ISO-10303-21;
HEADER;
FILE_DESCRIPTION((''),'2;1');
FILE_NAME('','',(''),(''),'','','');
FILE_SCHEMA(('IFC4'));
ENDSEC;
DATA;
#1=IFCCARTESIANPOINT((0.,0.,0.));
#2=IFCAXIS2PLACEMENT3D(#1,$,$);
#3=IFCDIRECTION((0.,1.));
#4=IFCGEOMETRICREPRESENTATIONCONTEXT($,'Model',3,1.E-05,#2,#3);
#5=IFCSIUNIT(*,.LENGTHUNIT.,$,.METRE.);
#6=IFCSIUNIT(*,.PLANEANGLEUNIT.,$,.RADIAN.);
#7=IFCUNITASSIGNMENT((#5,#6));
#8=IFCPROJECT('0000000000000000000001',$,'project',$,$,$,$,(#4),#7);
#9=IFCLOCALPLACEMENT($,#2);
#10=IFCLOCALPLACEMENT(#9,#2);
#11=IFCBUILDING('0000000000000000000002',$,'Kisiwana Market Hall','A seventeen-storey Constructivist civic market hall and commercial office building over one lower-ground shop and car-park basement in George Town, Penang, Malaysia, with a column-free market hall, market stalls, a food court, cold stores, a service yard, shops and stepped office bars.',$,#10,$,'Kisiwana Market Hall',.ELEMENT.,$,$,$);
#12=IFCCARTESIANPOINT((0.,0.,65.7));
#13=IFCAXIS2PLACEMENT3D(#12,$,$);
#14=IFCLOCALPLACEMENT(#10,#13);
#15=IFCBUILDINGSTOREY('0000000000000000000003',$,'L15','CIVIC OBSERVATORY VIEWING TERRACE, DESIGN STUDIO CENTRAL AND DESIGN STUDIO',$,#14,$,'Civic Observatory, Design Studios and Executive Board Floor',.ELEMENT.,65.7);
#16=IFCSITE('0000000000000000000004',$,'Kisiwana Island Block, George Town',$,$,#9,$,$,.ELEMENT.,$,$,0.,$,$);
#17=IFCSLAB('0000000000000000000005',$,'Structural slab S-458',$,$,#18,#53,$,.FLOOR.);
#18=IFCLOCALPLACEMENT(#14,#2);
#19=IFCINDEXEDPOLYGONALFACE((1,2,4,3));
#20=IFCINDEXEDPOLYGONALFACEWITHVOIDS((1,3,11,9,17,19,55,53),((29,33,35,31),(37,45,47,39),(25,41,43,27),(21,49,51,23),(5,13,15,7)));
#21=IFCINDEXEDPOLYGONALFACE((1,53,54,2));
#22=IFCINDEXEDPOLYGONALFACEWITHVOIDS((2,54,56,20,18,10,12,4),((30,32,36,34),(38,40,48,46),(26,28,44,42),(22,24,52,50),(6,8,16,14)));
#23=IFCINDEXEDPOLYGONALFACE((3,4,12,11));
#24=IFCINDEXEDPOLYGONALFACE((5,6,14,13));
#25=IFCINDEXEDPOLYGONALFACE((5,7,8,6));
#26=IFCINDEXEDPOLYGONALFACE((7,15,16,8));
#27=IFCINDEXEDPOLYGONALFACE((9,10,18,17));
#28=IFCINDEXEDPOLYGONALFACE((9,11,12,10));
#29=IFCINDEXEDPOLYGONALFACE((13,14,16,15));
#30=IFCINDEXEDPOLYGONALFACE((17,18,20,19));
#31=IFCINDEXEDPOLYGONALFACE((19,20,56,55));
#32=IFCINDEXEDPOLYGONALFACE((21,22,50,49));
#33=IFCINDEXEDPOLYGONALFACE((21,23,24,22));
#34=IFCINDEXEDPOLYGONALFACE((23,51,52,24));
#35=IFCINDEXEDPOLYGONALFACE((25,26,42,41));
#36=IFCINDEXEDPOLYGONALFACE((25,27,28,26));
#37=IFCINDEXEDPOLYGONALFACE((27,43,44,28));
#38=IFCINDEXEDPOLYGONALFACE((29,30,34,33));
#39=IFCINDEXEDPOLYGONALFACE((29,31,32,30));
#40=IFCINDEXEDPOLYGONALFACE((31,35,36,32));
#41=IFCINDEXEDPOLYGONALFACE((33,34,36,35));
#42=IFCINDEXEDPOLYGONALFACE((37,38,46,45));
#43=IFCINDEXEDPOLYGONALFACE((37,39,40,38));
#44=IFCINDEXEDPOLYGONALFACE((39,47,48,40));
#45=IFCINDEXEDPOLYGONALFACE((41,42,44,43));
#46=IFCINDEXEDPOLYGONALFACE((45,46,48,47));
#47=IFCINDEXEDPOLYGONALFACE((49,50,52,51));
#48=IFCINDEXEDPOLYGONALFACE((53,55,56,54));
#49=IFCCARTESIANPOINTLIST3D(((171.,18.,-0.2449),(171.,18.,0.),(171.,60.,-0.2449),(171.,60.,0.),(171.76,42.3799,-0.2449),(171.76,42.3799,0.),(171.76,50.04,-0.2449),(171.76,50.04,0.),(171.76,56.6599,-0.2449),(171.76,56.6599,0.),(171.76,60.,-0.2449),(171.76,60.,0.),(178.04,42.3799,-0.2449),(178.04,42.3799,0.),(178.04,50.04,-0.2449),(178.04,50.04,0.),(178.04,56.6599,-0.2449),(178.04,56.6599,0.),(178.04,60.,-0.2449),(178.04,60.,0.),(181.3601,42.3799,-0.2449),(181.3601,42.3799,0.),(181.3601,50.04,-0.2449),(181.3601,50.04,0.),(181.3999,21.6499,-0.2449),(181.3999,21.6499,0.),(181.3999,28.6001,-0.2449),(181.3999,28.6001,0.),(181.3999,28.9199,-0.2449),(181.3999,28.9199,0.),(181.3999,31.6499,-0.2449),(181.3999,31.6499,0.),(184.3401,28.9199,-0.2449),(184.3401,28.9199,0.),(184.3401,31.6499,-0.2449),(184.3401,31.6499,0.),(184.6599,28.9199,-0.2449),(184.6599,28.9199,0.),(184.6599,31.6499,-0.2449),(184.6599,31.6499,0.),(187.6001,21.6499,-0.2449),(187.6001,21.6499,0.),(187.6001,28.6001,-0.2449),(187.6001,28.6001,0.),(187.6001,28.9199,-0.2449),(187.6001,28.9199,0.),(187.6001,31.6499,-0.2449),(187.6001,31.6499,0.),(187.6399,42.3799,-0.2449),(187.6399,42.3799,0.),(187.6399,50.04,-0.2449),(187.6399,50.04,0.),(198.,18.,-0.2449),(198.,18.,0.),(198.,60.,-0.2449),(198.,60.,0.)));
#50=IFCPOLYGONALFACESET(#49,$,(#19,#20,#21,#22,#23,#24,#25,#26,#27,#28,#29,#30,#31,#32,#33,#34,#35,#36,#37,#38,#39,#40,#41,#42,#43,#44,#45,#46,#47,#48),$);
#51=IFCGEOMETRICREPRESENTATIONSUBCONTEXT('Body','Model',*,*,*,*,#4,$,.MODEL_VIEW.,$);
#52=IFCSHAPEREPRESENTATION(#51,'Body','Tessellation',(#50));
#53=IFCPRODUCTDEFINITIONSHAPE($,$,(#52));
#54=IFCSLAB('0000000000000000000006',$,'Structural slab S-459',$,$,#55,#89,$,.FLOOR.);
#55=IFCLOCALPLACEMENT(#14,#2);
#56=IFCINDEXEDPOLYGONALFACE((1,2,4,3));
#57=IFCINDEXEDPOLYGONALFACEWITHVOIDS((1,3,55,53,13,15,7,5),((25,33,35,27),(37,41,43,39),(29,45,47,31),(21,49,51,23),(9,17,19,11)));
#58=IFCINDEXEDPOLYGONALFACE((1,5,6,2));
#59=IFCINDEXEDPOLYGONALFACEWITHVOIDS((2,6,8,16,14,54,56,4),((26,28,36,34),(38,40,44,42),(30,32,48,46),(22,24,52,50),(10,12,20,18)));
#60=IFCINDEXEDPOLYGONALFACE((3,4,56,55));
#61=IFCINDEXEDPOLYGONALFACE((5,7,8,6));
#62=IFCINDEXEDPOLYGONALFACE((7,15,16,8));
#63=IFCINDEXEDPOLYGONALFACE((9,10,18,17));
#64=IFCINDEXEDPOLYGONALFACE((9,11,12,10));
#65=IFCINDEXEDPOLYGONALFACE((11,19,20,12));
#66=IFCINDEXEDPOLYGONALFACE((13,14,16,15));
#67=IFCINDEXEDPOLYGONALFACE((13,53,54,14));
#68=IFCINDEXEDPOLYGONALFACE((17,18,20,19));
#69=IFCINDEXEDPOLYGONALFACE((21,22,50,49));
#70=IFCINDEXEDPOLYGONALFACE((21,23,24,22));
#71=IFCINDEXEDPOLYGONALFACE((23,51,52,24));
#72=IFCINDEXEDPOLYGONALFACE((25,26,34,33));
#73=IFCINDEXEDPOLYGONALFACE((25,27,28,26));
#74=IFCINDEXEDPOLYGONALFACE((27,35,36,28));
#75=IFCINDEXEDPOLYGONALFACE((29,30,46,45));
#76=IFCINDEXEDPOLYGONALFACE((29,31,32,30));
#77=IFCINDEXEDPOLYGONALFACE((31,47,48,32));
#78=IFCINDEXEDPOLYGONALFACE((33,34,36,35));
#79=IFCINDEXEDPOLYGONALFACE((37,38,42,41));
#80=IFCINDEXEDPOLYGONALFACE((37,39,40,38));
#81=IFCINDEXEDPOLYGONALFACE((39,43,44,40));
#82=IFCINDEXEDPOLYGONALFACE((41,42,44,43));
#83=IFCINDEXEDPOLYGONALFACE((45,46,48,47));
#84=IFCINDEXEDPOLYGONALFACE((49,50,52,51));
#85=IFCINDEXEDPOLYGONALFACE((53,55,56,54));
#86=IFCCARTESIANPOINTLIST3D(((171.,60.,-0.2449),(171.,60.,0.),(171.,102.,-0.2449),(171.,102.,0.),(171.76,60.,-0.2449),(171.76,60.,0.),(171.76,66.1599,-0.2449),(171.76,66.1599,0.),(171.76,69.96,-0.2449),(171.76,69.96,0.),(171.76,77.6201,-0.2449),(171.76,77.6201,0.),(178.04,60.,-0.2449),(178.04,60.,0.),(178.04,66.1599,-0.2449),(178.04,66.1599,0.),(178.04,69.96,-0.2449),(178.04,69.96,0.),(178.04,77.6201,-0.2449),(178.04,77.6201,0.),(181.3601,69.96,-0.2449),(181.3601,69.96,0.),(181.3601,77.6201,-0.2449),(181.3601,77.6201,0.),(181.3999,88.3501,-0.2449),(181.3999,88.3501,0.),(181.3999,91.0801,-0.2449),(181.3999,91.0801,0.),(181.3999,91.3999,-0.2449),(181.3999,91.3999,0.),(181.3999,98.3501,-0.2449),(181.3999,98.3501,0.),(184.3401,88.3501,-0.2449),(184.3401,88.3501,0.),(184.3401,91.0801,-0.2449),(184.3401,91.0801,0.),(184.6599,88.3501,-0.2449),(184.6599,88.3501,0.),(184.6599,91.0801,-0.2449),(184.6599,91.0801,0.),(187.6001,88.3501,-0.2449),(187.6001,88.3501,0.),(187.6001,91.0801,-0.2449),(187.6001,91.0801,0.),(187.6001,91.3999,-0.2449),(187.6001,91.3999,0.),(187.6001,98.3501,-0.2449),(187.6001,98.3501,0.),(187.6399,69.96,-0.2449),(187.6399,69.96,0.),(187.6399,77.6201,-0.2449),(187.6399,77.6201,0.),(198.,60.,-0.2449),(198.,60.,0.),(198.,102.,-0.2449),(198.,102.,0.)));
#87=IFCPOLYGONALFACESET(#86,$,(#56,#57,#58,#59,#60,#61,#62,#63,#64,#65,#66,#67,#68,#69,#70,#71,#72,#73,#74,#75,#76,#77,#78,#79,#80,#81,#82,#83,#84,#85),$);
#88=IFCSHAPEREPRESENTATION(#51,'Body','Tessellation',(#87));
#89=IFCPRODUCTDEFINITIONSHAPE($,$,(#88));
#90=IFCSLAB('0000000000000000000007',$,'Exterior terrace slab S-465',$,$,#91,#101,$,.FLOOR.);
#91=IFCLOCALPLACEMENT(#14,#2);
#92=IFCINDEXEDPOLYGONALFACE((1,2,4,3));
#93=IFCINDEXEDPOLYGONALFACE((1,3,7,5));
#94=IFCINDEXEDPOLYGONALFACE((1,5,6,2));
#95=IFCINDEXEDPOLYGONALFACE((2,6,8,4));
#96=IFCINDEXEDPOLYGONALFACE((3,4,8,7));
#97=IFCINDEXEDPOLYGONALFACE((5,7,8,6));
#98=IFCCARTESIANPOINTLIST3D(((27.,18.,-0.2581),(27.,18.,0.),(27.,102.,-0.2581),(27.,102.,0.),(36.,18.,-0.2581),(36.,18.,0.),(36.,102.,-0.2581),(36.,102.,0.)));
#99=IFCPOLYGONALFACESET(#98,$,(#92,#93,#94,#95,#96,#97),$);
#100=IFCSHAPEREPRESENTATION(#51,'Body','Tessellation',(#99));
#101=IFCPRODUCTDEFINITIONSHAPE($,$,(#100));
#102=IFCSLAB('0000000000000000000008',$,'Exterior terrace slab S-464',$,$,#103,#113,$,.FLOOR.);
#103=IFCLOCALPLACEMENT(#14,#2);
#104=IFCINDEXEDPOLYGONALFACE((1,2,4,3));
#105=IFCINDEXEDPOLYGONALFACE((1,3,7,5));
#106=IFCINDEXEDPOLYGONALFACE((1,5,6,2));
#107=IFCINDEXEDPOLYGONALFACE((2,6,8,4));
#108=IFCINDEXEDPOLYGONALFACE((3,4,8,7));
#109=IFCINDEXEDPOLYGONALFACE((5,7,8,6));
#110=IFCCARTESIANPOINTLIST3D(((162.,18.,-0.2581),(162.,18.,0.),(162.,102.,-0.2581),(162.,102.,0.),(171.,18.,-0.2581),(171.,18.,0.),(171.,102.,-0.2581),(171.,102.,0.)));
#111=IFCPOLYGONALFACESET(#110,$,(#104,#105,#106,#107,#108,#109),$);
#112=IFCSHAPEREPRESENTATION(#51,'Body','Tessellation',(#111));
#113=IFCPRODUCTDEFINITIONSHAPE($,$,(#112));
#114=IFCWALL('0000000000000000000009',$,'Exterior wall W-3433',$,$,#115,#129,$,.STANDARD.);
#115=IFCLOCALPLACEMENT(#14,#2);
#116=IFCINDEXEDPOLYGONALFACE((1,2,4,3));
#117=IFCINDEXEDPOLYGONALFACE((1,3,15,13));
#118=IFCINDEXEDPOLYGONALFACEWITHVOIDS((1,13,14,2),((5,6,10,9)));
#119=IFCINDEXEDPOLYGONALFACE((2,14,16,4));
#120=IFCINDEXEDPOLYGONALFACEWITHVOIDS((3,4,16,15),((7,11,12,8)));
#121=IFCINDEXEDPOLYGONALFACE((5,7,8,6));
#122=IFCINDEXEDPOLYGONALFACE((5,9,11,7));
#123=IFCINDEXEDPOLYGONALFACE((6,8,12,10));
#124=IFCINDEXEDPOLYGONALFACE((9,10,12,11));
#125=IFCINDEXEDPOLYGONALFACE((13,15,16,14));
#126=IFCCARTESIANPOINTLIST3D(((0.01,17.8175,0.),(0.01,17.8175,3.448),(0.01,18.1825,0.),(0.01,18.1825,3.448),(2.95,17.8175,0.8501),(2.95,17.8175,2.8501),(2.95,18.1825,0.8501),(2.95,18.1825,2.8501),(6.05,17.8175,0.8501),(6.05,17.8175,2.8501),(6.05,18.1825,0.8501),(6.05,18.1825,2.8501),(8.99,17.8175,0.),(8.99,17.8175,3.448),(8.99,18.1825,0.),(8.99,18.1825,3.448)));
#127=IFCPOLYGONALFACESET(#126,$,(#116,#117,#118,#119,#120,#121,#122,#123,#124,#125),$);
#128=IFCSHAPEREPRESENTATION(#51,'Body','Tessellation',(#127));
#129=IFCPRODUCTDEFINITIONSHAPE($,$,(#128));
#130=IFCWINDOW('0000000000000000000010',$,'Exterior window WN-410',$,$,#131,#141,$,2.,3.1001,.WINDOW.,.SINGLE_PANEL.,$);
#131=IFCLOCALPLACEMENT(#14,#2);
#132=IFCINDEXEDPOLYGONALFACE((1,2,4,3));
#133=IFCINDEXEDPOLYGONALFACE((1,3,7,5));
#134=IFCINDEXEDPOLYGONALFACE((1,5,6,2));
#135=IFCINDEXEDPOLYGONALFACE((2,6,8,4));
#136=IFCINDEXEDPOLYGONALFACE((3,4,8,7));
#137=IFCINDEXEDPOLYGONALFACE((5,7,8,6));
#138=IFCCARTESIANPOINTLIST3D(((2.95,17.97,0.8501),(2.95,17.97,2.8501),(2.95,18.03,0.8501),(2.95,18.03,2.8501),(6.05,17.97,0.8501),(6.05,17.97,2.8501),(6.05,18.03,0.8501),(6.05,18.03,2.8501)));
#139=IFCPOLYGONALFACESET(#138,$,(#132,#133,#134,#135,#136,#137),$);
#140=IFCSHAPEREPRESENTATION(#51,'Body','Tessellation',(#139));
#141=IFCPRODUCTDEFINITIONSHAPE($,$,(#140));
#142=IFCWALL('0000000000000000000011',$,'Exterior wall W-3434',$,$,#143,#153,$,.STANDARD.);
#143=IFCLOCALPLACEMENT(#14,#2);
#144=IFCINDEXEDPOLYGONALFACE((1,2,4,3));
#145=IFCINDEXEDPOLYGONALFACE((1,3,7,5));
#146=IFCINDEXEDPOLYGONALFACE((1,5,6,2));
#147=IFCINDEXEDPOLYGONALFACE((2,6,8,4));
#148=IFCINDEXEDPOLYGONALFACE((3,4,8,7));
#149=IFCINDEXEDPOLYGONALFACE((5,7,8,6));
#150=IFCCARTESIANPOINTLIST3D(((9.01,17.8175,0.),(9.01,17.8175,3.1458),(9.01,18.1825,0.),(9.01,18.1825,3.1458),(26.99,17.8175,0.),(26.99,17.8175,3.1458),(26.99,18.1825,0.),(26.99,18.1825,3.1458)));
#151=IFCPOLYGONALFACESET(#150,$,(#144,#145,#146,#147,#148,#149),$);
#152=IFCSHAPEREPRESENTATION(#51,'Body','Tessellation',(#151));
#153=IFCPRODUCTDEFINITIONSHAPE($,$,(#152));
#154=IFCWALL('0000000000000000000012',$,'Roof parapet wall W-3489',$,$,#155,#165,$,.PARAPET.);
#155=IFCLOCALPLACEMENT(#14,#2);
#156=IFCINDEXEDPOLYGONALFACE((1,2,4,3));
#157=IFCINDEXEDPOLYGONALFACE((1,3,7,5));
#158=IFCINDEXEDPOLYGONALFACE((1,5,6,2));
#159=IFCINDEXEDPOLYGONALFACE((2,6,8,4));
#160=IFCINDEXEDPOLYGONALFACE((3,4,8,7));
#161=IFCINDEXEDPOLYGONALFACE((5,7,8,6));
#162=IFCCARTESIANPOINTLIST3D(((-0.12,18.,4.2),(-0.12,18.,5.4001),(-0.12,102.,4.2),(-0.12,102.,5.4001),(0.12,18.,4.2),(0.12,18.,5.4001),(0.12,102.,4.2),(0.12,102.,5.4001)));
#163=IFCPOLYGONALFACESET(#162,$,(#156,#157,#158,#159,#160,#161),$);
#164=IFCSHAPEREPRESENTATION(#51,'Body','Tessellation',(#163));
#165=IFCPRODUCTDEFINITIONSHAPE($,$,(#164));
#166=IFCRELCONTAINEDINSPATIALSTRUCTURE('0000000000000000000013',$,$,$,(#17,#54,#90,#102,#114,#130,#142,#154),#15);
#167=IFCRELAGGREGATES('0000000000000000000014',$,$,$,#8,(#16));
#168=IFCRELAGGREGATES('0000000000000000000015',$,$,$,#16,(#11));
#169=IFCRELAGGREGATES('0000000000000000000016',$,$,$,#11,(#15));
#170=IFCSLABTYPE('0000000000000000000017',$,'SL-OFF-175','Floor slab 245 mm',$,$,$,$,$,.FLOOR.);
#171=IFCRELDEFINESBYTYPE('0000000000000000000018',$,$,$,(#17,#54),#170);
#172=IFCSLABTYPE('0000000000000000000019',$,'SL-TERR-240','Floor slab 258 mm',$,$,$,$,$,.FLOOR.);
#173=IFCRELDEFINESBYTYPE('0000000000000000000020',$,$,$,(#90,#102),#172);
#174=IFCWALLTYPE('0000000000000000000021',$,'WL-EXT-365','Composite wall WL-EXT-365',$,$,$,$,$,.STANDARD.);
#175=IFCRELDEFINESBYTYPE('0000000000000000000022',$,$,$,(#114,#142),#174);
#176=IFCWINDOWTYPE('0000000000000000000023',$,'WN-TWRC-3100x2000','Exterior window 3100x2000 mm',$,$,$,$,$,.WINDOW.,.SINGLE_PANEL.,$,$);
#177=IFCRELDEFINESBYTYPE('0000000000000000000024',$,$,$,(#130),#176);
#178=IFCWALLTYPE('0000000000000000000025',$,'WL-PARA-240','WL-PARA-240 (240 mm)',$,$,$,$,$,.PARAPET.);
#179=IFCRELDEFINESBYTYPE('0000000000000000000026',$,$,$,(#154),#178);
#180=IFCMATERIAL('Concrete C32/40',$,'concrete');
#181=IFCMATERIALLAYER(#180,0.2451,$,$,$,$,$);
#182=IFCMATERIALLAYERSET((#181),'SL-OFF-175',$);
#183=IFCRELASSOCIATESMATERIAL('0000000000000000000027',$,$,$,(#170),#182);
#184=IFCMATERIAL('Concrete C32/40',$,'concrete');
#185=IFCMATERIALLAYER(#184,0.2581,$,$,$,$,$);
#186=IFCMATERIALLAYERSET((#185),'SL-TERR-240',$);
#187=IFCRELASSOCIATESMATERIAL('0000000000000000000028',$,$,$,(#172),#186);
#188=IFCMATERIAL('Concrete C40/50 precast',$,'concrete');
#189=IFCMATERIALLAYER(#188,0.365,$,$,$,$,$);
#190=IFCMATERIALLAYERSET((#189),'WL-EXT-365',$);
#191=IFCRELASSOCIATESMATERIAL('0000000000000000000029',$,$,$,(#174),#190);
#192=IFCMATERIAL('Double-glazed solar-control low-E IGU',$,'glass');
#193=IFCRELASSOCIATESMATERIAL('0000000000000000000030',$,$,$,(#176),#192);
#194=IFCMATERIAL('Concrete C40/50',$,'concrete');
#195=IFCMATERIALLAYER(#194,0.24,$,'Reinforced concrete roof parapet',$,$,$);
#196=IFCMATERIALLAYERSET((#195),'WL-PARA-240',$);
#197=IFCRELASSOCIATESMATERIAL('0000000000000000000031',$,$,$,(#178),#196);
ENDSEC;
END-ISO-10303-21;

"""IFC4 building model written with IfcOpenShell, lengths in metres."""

from ifc_helpers import new_model, si_unit, direction, frame, frame_2d, origin, place, context, subcontext, project, spatial, polyline, rectangle, outline, extrude, material, layer, layer_set, type_object, element, fill, save


model = new_model("IFC4")

# Units and contexts
model_context = context("Model", 3, precision=1e-05, world=origin(), true_north=direction((0.0, 1.0)))
body_context = subcontext(model_context, "Body", "Model", "MODEL_VIEW")
ifc_project = project(units=[si_unit("LENGTHUNIT", "METRE"), si_unit("PLANEANGLEUNIT", "RADIAN")], contexts=[model_context])

# Site, building, storey
site_placement = place(None, origin())
site = spatial("IfcSite", under=ifc_project, at=site_placement, Name="Kisiwana Island Block, George Town", CompositionType="ELEMENT", RefElevation=0.0)
building_placement = place(site_placement, origin())
building = spatial("IfcBuilding", under=site, at=building_placement, Name="Kisiwana Market Hall", Description="A seventeen-storey Constructivist civic market hall and commercial office building over one lower-ground shop and car-park basement in George Town, Penang, Malaysia, with a column-free market hall, market stalls, a food court, cold stores, a service yard, shops and stepped office bars.", LongName="Kisiwana Market Hall", CompositionType="ELEMENT")
storey_placement = place(building_placement, frame((0.0, 0.0, 65.7)))
storey = spatial("IfcBuildingStorey", under=building, at=storey_placement, Name="L15", Description="CIVIC OBSERVATORY VIEWING TERRACE, DESIGN STUDIO CENTRAL AND DESIGN STUDIO", LongName="Civic Observatory, Design Studios and Executive Board Floor", CompositionType="ELEMENT", Elevation=65.7)

# Slabs
ifc_material_1 = material(Name="Concrete C32/40", Category="concrete")
ifc_layer_1 = layer(ifc_material_1, 0.2451)
ifc_layer_set_1 = layer_set([ifc_layer_1], Name="SL-OFF-175")
slab_type_1 = type_object("IfcSlabType", Name="SL-OFF-175", Description="Floor slab 245 mm", PredefinedType="FLOOR", material=ifc_layer_set_1)
slab_1_placement = place(storey_placement, frame((0.0, 0.0, -0.2449)))
element("IfcSlab", 1, at=slab_1_placement, inside=storey, type_object=slab_type_1, Name="Structural slab S-458", PredefinedType="FLOOR", context=body_context, shape_type="SweptSolid", body=[
    extrude(outline(polyline([(171.0, 18.0), (198.0, 18.0), (198.0, 60.0), (178.04, 60.0), (178.04, 56.6599), (171.76, 56.6599), (171.76, 60.0), (171.0, 60.0), (171.0, 18.0)]), holes=[polyline([(181.3999, 21.6499), (187.6001, 21.6499), (187.6001, 28.6001), (181.3999, 28.6001), (181.3999, 21.6499)]), polyline([(181.3999, 28.9199), (184.3401, 28.9199), (184.3401, 31.6499), (181.3999, 31.6499), (181.3999, 28.9199)]), polyline([(184.6599, 28.9199), (187.6001, 28.9199), (187.6001, 31.6499), (184.6599, 31.6499), (184.6599, 28.9199)]), polyline([(181.3601, 42.3799), (187.6399, 42.3799), (187.6399, 50.04), (181.3601, 50.04), (181.3601, 42.3799)]), polyline([(171.76, 42.3799), (178.04, 42.3799), (178.04, 50.04), (171.76, 50.04), (171.76, 42.3799)])]), origin(), (0.0, 0.0, 1.0), 0.2449),
])
slab_2_placement = place(storey_placement, frame((0.0, 0.0, -0.2449)))
element("IfcSlab", 2, at=slab_2_placement, inside=storey, type_object=slab_type_1, Name="Structural slab S-459", PredefinedType="FLOOR", context=body_context, shape_type="SweptSolid", body=[
    extrude(outline(polyline([(171.0, 60.0), (171.76, 60.0), (171.76, 66.1599), (178.04, 66.1599), (178.04, 60.0), (198.0, 60.0), (198.0, 102.0), (171.0, 102.0), (171.0, 60.0)]), holes=[polyline([(181.3999, 91.3999), (187.6001, 91.3999), (187.6001, 98.3501), (181.3999, 98.3501), (181.3999, 91.3999)]), polyline([(181.3999, 88.3501), (184.3401, 88.3501), (184.3401, 91.0801), (181.3999, 91.0801), (181.3999, 88.3501)]), polyline([(184.6599, 88.3501), (187.6001, 88.3501), (187.6001, 91.0801), (184.6599, 91.0801), (184.6599, 88.3501)]), polyline([(181.3601, 69.96), (187.6399, 69.96), (187.6399, 77.6201), (181.3601, 77.6201), (181.3601, 69.96)]), polyline([(171.76, 69.96), (178.04, 69.96), (178.04, 77.6201), (171.76, 77.6201), (171.76, 69.96)])]), origin(), (0.0, 0.0, 1.0), 0.2449),
])
ifc_material_2 = material(Name="Concrete C32/40", Category="concrete")
ifc_layer_2 = layer(ifc_material_2, 0.2581)
ifc_layer_set_2 = layer_set([ifc_layer_2], Name="SL-TERR-240")
slab_type_2 = type_object("IfcSlabType", Name="SL-TERR-240", Description="Floor slab 258 mm", PredefinedType="FLOOR", material=ifc_layer_set_2)
slab_3_placement = place(storey_placement, frame((0.0, 0.0, -0.2581)))
element("IfcSlab", 3, at=slab_3_placement, inside=storey, type_object=slab_type_2, Name="Exterior terrace slab S-465", PredefinedType="FLOOR", context=body_context, shape_type="SweptSolid", body=[
    extrude(outline(polyline([(27.0, 18.0), (36.0, 18.0), (36.0, 102.0), (27.0, 102.0), (27.0, 18.0)])), origin(), (0.0, 0.0, 1.0), 0.2581),
])
slab_4_placement = place(storey_placement, frame((0.0, 0.0, -0.2581)))
element("IfcSlab", 4, at=slab_4_placement, inside=storey, type_object=slab_type_2, Name="Exterior terrace slab S-464", PredefinedType="FLOOR", context=body_context, shape_type="SweptSolid", body=[
    extrude(outline(polyline([(162.0, 18.0), (171.0, 18.0), (171.0, 102.0), (162.0, 102.0), (162.0, 18.0)])), origin(), (0.0, 0.0, 1.0), 0.2581),
])

# Wall, opening, window
ifc_material_3 = material(Name="Concrete C40/50 precast", Category="concrete")
ifc_layer_3 = layer(ifc_material_3, 0.365)
ifc_layer_set_3 = layer_set([ifc_layer_3], Name="WL-EXT-365")
wall_type_1 = type_object("IfcWallType", Name="WL-EXT-365", Description="Composite wall WL-EXT-365", PredefinedType="STANDARD", material=ifc_layer_set_3)
wall_1_placement = place(storey_placement, frame((0.01, 18.0, 0.0), z_axis=(0.0, 0.0, 1.0), x_axis=(1.0, 0.0, 0.0)))
wall_1 = element("IfcWall", 5, at=wall_1_placement, inside=storey, type_object=wall_type_1, Name="Exterior wall W-3433", PredefinedType="STANDARD", context=body_context, shape_type="SweptSolid", body=[
    extrude(rectangle(XDim=8.98, YDim=0.365, at=frame_2d((4.49, 0.0))), origin(), (0.0, 0.0, 1.0), 3.448),
])
opening_placement = place(wall_1_placement, frame((2.9399, 0.0, 0.8501)))
opening = element("IfcOpeningElement", 6, at=opening_placement, cuts=wall_1, PredefinedType="OPENING", context=body_context, shape_type="SweptSolid", body=[
    extrude(rectangle(XDim=3.1001, YDim=2.0, at=frame_2d((1.55, 1.0))), frame((0.0, 0.1943, 0.0), z_axis=(0.0, -1.0, 0.0), x_axis=(1.0, 0.0, 0.0)), (0.0, 0.0, 1.0), 0.3889),
])
ifc_material_4 = material(Name="Double-glazed solar-control low-E IGU", Category="glass")
window_type = type_object("IfcWindowType", Name="WN-TWRC-3100x2000", Description="Exterior window 3100x2000 mm", PartitioningType="SINGLE_PANEL", PredefinedType="WINDOW", material=ifc_material_4)
window_placement = place(opening_placement, origin())
window = element("IfcWindow", 7, at=window_placement, inside=storey, type_object=window_type, Name="Exterior window WN-410", OverallHeight=2.0, OverallWidth=3.1001, PartitioningType="SINGLE_PANEL", PredefinedType="WINDOW", context=body_context, shape_type="SweptSolid", body=[
    extrude(rectangle(XDim=3.1001, YDim=2.0, at=frame_2d((1.55, 1.0))), frame((0.0, 0.03, 0.0), z_axis=(0.0, -1.0, 0.0), x_axis=(1.0, 0.0, 0.0)), (0.0, 0.0, 1.0), 0.0601),
])
fill(opening, window)

# Walls
wall_2_placement = place(storey_placement, frame((9.01, 18.0, 0.0), z_axis=(0.0, 0.0, 1.0), x_axis=(1.0, 0.0, 0.0)))
element("IfcWall", 8, at=wall_2_placement, inside=storey, type_object=wall_type_1, Name="Exterior wall W-3434", PredefinedType="STANDARD", context=body_context, shape_type="SweptSolid", body=[
    extrude(rectangle(XDim=17.98, YDim=0.365, at=frame_2d((8.99, 0.0))), origin(), (0.0, 0.0, 1.0), 3.1458),
])
ifc_material_5 = material(Name="Concrete C40/50", Category="concrete")
ifc_layer_4 = layer(ifc_material_5, 0.24, Name="Reinforced concrete roof parapet")
ifc_layer_set_4 = layer_set([ifc_layer_4], Name="WL-PARA-240")
wall_type_2 = type_object("IfcWallType", Name="WL-PARA-240", Description="WL-PARA-240 (240 mm)", PredefinedType="PARAPET", material=ifc_layer_set_4)
wall_3_placement = place(storey_placement, frame((0.0, 18.0, 4.2), z_axis=(0.0, 0.0, 1.0), x_axis=(0.0, 1.0, 0.0)))
element("IfcWall", 9, at=wall_3_placement, inside=storey, type_object=wall_type_2, Name="Roof parapet wall W-3489", PredefinedType="PARAPET", context=body_context, shape_type="SweptSolid", body=[
    extrude(rectangle(XDim=84.0, YDim=0.24, at=frame_2d((42.0, 0.0))), origin(), (0.0, 0.0, 1.0), 1.2002),
])

save(model, "model.ifc")
